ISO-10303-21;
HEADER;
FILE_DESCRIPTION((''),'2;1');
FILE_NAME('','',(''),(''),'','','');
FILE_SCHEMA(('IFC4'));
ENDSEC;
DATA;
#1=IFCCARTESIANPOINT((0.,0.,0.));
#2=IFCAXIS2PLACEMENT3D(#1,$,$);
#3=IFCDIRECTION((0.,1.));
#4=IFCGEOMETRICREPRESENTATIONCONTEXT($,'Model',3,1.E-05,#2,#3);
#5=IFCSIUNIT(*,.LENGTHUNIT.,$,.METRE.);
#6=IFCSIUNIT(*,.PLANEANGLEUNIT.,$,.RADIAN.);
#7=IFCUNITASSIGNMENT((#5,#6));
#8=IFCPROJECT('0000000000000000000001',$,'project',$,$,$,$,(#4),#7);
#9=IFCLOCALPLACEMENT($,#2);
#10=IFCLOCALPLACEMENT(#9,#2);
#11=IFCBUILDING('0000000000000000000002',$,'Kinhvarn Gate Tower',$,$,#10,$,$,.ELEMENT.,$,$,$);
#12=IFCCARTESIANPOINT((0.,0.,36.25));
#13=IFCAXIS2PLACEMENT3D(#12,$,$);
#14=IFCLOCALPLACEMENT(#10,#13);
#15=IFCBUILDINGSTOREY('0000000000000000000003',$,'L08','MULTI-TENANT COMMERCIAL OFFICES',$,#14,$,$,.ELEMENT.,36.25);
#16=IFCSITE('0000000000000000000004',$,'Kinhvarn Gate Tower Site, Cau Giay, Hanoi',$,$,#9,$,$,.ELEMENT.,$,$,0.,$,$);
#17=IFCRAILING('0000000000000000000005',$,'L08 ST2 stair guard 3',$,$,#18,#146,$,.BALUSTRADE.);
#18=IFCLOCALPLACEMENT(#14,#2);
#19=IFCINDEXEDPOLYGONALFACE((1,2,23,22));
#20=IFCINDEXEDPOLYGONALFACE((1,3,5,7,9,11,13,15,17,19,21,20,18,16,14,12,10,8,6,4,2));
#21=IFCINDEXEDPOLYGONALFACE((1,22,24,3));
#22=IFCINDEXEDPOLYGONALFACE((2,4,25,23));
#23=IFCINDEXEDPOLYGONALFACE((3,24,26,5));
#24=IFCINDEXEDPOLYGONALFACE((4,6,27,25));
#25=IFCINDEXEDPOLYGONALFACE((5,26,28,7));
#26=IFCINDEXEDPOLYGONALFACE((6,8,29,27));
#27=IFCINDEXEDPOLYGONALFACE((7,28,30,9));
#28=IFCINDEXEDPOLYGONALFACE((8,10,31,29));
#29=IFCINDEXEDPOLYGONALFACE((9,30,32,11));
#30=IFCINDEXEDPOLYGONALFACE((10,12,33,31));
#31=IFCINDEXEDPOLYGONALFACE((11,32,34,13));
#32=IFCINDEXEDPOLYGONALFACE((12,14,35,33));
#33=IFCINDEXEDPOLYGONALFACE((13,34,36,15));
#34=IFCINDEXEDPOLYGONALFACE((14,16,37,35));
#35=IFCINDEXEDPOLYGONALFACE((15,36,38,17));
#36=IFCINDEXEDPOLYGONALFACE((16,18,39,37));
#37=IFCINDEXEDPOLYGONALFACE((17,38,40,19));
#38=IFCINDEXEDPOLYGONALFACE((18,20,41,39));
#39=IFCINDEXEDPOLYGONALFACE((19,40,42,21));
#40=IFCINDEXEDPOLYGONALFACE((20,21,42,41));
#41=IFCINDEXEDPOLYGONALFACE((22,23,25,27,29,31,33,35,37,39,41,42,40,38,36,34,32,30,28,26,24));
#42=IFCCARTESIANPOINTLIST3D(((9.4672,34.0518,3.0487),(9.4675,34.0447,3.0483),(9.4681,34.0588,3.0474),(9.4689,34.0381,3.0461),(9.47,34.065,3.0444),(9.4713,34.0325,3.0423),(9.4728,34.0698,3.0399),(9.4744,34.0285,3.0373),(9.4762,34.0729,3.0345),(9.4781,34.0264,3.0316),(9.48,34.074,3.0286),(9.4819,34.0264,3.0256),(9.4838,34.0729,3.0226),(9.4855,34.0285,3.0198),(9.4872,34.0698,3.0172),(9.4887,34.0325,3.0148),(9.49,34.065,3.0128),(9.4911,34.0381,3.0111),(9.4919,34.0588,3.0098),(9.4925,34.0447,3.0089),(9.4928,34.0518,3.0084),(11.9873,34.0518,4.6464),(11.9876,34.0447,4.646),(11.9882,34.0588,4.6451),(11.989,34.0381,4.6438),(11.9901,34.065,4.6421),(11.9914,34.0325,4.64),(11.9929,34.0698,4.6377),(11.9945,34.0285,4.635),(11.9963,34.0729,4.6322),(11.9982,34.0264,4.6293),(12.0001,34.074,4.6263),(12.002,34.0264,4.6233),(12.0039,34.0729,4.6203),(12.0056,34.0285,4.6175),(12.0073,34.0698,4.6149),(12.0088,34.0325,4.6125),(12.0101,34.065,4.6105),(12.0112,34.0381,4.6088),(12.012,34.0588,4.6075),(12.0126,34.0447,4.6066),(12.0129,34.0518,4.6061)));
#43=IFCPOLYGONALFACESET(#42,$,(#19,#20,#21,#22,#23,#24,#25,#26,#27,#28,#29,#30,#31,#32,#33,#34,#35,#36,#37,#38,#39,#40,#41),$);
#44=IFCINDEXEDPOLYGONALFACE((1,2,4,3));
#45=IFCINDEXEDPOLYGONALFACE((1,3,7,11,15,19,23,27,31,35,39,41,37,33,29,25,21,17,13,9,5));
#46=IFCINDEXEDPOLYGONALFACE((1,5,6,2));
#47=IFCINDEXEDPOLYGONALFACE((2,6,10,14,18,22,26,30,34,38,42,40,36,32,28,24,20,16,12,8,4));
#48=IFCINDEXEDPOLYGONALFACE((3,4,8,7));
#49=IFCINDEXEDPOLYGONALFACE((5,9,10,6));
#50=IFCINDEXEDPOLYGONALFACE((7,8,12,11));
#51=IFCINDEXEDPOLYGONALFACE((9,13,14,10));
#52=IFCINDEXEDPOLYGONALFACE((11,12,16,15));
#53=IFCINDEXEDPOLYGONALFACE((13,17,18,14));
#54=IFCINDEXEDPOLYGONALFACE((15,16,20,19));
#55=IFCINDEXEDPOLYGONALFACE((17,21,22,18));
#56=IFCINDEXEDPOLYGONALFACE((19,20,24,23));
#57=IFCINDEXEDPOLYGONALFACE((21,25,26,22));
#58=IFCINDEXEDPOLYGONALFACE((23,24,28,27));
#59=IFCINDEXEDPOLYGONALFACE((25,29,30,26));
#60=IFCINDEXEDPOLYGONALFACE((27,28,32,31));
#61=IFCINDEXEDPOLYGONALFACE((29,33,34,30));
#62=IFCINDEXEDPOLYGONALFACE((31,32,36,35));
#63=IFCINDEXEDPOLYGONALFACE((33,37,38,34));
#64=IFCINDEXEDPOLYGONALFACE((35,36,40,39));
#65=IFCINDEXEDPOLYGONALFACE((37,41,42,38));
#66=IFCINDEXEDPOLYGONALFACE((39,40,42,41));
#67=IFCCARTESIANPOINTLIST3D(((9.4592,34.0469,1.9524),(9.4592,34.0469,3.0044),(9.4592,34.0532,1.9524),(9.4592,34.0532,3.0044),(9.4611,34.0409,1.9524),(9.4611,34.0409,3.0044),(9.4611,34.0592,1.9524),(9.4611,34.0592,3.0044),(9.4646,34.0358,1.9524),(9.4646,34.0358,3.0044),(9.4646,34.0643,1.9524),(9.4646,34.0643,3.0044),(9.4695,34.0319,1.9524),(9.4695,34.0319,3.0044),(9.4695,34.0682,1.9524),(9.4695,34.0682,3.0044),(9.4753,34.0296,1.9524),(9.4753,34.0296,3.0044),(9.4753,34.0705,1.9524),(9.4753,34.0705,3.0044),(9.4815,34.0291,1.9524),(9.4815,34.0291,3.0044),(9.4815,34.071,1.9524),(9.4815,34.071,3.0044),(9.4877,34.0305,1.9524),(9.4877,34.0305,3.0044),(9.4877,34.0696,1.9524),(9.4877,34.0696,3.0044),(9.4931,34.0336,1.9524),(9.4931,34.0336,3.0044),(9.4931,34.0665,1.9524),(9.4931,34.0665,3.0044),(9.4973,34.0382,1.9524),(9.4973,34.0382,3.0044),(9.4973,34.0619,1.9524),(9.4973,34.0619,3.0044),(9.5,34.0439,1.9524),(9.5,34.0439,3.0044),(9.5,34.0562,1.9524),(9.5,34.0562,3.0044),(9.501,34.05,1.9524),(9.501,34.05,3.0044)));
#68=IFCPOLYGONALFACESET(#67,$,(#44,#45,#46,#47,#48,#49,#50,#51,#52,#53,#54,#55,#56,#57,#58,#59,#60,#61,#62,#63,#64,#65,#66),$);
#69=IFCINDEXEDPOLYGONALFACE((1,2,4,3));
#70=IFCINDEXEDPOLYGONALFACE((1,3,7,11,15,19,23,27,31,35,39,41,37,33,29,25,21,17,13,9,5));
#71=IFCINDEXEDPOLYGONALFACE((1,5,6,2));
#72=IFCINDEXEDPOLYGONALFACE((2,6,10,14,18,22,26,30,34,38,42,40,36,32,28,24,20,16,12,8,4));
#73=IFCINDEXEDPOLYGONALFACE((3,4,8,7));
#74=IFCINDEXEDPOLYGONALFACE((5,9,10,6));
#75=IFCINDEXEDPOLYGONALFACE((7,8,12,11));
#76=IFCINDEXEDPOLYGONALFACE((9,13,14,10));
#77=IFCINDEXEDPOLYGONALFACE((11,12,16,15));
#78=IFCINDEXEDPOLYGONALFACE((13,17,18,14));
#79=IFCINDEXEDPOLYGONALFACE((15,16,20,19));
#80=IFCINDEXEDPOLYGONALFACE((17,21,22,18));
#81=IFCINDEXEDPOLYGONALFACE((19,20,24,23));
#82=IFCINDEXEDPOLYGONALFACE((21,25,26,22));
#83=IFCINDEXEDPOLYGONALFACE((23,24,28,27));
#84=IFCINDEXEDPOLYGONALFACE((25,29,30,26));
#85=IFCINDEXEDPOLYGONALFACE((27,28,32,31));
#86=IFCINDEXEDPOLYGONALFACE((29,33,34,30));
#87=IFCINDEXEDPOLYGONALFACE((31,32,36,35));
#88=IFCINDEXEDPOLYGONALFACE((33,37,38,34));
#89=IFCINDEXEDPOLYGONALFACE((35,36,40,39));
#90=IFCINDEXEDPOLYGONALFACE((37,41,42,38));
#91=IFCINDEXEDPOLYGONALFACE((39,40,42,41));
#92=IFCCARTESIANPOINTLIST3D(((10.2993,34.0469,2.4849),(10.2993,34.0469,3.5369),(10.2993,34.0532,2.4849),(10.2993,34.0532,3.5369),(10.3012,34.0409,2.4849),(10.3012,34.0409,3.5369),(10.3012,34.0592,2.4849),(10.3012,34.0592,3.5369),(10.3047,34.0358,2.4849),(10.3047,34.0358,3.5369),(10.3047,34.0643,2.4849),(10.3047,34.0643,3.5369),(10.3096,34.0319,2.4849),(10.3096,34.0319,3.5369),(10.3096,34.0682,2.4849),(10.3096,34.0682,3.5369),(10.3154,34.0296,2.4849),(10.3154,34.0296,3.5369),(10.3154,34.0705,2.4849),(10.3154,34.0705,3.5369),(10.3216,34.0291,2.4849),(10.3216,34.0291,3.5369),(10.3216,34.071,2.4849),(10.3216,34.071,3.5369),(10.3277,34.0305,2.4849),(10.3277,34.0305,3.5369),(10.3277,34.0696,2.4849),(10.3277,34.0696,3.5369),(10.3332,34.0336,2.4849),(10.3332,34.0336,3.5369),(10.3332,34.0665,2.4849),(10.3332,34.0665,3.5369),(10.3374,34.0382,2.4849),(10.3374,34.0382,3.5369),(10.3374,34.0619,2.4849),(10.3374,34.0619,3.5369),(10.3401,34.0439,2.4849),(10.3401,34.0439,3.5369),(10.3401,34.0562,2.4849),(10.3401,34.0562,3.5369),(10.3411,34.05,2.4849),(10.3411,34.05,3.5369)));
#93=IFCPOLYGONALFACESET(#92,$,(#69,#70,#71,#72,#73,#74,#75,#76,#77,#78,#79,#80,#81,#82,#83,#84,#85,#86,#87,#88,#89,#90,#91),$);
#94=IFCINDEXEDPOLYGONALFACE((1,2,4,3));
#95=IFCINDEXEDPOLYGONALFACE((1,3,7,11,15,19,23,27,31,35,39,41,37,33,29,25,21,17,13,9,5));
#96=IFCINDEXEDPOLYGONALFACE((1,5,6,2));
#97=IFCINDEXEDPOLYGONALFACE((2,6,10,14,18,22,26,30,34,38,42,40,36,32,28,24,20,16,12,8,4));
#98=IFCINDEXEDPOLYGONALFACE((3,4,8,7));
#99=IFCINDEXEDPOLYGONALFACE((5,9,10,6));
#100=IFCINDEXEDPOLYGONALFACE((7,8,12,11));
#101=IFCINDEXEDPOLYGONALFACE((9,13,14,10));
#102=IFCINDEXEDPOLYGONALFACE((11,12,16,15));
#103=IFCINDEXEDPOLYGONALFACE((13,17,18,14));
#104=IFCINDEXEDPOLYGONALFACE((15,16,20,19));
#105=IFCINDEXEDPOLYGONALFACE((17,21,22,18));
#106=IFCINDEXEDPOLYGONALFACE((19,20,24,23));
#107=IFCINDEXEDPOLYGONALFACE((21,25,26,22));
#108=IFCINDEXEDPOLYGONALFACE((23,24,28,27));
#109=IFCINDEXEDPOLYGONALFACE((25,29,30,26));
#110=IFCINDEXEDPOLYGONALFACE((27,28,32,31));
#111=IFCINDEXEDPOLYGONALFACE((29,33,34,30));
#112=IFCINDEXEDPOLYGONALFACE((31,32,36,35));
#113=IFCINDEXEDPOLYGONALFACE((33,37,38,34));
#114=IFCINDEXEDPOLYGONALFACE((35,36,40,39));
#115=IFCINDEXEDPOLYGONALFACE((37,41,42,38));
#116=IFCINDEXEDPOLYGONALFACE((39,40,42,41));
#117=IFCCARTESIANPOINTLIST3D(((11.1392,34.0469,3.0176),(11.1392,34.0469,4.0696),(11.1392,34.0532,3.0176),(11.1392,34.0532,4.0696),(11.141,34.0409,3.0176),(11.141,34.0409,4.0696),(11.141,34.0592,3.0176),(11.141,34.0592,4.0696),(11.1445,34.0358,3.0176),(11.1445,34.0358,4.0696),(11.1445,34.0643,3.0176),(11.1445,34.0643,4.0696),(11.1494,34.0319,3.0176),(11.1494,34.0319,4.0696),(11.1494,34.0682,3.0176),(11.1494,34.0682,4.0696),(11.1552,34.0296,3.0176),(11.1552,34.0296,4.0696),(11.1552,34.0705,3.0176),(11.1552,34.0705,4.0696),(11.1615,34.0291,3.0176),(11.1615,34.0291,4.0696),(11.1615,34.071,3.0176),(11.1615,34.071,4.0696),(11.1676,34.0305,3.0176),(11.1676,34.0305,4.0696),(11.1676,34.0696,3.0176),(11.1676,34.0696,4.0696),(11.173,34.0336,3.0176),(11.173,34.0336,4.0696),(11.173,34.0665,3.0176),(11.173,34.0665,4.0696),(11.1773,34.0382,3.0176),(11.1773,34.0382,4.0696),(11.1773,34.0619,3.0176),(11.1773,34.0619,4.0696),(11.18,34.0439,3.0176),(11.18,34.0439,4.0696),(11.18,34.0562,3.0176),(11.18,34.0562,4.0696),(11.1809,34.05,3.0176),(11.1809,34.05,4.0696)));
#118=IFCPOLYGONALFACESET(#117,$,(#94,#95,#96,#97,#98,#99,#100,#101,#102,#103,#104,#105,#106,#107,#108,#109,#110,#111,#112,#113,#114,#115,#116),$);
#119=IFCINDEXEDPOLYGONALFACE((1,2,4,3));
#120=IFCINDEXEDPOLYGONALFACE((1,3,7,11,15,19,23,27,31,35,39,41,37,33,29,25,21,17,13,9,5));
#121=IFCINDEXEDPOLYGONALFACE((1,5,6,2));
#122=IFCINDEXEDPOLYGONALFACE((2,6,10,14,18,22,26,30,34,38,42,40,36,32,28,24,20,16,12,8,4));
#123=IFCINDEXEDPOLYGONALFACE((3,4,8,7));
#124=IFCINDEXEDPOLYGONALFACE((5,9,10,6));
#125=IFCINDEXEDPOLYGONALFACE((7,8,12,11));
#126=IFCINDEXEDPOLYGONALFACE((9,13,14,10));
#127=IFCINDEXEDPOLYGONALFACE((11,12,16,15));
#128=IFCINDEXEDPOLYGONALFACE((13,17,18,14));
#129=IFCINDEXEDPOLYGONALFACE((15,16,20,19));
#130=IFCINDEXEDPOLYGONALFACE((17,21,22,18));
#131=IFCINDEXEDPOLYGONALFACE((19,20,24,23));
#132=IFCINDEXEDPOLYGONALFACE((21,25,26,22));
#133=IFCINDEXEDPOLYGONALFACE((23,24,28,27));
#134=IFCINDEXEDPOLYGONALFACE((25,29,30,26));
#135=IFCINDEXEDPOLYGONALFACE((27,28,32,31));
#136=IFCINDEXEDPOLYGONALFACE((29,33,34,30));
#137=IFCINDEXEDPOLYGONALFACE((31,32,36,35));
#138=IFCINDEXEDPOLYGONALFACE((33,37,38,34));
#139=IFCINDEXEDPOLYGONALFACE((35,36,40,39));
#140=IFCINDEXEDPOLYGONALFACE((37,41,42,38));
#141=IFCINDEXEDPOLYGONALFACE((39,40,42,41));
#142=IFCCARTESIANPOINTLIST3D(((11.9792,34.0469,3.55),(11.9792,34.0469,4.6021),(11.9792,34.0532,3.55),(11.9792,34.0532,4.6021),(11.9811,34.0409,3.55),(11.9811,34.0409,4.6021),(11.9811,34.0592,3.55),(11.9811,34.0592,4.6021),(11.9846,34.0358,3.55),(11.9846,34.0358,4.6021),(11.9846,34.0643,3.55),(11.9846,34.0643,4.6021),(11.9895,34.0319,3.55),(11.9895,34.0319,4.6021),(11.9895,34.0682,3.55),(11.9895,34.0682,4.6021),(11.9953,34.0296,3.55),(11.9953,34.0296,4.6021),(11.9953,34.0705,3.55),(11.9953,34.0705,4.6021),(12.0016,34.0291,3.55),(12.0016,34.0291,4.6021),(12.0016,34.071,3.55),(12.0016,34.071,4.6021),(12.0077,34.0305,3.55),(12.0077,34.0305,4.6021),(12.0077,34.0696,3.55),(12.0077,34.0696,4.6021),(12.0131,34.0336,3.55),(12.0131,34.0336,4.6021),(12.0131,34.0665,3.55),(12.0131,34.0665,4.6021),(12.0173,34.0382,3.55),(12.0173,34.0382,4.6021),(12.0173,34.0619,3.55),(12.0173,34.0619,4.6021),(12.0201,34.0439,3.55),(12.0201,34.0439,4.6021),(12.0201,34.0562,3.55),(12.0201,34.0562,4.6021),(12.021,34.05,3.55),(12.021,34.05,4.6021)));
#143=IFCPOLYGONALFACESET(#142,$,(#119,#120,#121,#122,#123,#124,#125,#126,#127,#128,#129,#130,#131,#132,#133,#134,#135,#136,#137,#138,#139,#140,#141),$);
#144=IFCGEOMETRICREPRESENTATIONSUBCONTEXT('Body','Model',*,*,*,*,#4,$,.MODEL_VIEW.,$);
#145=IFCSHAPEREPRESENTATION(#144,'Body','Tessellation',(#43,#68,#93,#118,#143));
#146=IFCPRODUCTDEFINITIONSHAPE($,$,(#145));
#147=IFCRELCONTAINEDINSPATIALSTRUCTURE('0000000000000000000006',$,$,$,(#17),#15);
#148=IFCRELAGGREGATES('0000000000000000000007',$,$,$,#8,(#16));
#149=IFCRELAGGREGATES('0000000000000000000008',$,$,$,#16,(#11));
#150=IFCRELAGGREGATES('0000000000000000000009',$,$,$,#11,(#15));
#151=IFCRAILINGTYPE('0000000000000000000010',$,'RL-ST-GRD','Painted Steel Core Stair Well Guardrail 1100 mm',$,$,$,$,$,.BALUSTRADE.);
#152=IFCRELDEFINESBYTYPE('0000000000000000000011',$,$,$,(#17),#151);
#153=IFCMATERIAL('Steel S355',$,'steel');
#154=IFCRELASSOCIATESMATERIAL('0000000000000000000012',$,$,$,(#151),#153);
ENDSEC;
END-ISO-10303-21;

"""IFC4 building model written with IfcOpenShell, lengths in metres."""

from ifc_helpers import new_model, si_unit, direction, frame, origin, origin_2d, place, context, subcontext, project, spatial, circle, extrude, material, type_object, element, save


model = new_model("IFC4")

# Units and contexts
model_context = context("Model", 3, precision=1e-05, world=origin(), true_north=direction((0.0, 1.0)))
body_context = subcontext(model_context, "Body", "Model", "MODEL_VIEW")
ifc_project = project(units=[si_unit("LENGTHUNIT", "METRE"), si_unit("PLANEANGLEUNIT", "RADIAN")], contexts=[model_context])

# Site, building, storey
site_placement = place(None, origin())
site = spatial("IfcSite", under=ifc_project, at=site_placement, Name="Kinhvarn Gate Tower Site, Cau Giay, Hanoi", CompositionType="ELEMENT", RefElevation=0.0)
building_placement = place(site_placement, origin())
building = spatial("IfcBuilding", under=site, at=building_placement, Name="Kinhvarn Gate Tower", CompositionType="ELEMENT")
storey_placement = place(building_placement, frame((0.0, 0.0, 36.25)))
storey = spatial("IfcBuildingStorey", under=building, at=storey_placement, Name="L08", Description="MULTI-TENANT COMMERCIAL OFFICES", CompositionType="ELEMENT", Elevation=36.25)

# Shared definitions
ifc_material_1 = material(Name="Steel S355", Category="steel")

# Railing
railing_type_1 = type_object("IfcRailingType", Name="RL-ST-GRD", Description="Painted Steel Core Stair Well Guardrail 1100 mm", PredefinedType="BALUSTRADE", material=ifc_material_1)
railing_1_placement = place(storey_placement, frame((9.48, 34.05, 1.9524)))
element("IfcRailing", 1, at=railing_1_placement, inside=storey, type_object=railing_type_1, Name="L08 ST2 stair guard 3", PredefinedType="BALUSTRADE", context=body_context, shape_type="SweptSolid", body=[
    extrude(circle(Radius=0.0239, at=origin_2d()), frame((0.0, 0.0, 1.0762), z_axis=(0.84457, 0.0, 0.535445), x_axis=(0.0, 1.0, 0.0)), (0.0, 0.0, 1.0), 2.9839),
    extrude(circle(Radius=0.021, at=origin_2d()), origin(), (0.0, 0.0, 1.0), 1.052),
    extrude(circle(Radius=0.021, at=origin_2d()), frame((0.8401, 0.0, 0.5325)), (0.0, 0.0, 1.0), 1.052),
    extrude(circle(Radius=0.021, at=origin_2d()), frame((1.6799, 0.0, 1.0652)), (0.0, 0.0, 1.0), 1.052),
    extrude(circle(Radius=0.021, at=origin_2d()), frame((2.52, 0.0, 1.5977)), (0.0, 0.0, 1.0), 1.052),
])

save(model, "model.ifc")
